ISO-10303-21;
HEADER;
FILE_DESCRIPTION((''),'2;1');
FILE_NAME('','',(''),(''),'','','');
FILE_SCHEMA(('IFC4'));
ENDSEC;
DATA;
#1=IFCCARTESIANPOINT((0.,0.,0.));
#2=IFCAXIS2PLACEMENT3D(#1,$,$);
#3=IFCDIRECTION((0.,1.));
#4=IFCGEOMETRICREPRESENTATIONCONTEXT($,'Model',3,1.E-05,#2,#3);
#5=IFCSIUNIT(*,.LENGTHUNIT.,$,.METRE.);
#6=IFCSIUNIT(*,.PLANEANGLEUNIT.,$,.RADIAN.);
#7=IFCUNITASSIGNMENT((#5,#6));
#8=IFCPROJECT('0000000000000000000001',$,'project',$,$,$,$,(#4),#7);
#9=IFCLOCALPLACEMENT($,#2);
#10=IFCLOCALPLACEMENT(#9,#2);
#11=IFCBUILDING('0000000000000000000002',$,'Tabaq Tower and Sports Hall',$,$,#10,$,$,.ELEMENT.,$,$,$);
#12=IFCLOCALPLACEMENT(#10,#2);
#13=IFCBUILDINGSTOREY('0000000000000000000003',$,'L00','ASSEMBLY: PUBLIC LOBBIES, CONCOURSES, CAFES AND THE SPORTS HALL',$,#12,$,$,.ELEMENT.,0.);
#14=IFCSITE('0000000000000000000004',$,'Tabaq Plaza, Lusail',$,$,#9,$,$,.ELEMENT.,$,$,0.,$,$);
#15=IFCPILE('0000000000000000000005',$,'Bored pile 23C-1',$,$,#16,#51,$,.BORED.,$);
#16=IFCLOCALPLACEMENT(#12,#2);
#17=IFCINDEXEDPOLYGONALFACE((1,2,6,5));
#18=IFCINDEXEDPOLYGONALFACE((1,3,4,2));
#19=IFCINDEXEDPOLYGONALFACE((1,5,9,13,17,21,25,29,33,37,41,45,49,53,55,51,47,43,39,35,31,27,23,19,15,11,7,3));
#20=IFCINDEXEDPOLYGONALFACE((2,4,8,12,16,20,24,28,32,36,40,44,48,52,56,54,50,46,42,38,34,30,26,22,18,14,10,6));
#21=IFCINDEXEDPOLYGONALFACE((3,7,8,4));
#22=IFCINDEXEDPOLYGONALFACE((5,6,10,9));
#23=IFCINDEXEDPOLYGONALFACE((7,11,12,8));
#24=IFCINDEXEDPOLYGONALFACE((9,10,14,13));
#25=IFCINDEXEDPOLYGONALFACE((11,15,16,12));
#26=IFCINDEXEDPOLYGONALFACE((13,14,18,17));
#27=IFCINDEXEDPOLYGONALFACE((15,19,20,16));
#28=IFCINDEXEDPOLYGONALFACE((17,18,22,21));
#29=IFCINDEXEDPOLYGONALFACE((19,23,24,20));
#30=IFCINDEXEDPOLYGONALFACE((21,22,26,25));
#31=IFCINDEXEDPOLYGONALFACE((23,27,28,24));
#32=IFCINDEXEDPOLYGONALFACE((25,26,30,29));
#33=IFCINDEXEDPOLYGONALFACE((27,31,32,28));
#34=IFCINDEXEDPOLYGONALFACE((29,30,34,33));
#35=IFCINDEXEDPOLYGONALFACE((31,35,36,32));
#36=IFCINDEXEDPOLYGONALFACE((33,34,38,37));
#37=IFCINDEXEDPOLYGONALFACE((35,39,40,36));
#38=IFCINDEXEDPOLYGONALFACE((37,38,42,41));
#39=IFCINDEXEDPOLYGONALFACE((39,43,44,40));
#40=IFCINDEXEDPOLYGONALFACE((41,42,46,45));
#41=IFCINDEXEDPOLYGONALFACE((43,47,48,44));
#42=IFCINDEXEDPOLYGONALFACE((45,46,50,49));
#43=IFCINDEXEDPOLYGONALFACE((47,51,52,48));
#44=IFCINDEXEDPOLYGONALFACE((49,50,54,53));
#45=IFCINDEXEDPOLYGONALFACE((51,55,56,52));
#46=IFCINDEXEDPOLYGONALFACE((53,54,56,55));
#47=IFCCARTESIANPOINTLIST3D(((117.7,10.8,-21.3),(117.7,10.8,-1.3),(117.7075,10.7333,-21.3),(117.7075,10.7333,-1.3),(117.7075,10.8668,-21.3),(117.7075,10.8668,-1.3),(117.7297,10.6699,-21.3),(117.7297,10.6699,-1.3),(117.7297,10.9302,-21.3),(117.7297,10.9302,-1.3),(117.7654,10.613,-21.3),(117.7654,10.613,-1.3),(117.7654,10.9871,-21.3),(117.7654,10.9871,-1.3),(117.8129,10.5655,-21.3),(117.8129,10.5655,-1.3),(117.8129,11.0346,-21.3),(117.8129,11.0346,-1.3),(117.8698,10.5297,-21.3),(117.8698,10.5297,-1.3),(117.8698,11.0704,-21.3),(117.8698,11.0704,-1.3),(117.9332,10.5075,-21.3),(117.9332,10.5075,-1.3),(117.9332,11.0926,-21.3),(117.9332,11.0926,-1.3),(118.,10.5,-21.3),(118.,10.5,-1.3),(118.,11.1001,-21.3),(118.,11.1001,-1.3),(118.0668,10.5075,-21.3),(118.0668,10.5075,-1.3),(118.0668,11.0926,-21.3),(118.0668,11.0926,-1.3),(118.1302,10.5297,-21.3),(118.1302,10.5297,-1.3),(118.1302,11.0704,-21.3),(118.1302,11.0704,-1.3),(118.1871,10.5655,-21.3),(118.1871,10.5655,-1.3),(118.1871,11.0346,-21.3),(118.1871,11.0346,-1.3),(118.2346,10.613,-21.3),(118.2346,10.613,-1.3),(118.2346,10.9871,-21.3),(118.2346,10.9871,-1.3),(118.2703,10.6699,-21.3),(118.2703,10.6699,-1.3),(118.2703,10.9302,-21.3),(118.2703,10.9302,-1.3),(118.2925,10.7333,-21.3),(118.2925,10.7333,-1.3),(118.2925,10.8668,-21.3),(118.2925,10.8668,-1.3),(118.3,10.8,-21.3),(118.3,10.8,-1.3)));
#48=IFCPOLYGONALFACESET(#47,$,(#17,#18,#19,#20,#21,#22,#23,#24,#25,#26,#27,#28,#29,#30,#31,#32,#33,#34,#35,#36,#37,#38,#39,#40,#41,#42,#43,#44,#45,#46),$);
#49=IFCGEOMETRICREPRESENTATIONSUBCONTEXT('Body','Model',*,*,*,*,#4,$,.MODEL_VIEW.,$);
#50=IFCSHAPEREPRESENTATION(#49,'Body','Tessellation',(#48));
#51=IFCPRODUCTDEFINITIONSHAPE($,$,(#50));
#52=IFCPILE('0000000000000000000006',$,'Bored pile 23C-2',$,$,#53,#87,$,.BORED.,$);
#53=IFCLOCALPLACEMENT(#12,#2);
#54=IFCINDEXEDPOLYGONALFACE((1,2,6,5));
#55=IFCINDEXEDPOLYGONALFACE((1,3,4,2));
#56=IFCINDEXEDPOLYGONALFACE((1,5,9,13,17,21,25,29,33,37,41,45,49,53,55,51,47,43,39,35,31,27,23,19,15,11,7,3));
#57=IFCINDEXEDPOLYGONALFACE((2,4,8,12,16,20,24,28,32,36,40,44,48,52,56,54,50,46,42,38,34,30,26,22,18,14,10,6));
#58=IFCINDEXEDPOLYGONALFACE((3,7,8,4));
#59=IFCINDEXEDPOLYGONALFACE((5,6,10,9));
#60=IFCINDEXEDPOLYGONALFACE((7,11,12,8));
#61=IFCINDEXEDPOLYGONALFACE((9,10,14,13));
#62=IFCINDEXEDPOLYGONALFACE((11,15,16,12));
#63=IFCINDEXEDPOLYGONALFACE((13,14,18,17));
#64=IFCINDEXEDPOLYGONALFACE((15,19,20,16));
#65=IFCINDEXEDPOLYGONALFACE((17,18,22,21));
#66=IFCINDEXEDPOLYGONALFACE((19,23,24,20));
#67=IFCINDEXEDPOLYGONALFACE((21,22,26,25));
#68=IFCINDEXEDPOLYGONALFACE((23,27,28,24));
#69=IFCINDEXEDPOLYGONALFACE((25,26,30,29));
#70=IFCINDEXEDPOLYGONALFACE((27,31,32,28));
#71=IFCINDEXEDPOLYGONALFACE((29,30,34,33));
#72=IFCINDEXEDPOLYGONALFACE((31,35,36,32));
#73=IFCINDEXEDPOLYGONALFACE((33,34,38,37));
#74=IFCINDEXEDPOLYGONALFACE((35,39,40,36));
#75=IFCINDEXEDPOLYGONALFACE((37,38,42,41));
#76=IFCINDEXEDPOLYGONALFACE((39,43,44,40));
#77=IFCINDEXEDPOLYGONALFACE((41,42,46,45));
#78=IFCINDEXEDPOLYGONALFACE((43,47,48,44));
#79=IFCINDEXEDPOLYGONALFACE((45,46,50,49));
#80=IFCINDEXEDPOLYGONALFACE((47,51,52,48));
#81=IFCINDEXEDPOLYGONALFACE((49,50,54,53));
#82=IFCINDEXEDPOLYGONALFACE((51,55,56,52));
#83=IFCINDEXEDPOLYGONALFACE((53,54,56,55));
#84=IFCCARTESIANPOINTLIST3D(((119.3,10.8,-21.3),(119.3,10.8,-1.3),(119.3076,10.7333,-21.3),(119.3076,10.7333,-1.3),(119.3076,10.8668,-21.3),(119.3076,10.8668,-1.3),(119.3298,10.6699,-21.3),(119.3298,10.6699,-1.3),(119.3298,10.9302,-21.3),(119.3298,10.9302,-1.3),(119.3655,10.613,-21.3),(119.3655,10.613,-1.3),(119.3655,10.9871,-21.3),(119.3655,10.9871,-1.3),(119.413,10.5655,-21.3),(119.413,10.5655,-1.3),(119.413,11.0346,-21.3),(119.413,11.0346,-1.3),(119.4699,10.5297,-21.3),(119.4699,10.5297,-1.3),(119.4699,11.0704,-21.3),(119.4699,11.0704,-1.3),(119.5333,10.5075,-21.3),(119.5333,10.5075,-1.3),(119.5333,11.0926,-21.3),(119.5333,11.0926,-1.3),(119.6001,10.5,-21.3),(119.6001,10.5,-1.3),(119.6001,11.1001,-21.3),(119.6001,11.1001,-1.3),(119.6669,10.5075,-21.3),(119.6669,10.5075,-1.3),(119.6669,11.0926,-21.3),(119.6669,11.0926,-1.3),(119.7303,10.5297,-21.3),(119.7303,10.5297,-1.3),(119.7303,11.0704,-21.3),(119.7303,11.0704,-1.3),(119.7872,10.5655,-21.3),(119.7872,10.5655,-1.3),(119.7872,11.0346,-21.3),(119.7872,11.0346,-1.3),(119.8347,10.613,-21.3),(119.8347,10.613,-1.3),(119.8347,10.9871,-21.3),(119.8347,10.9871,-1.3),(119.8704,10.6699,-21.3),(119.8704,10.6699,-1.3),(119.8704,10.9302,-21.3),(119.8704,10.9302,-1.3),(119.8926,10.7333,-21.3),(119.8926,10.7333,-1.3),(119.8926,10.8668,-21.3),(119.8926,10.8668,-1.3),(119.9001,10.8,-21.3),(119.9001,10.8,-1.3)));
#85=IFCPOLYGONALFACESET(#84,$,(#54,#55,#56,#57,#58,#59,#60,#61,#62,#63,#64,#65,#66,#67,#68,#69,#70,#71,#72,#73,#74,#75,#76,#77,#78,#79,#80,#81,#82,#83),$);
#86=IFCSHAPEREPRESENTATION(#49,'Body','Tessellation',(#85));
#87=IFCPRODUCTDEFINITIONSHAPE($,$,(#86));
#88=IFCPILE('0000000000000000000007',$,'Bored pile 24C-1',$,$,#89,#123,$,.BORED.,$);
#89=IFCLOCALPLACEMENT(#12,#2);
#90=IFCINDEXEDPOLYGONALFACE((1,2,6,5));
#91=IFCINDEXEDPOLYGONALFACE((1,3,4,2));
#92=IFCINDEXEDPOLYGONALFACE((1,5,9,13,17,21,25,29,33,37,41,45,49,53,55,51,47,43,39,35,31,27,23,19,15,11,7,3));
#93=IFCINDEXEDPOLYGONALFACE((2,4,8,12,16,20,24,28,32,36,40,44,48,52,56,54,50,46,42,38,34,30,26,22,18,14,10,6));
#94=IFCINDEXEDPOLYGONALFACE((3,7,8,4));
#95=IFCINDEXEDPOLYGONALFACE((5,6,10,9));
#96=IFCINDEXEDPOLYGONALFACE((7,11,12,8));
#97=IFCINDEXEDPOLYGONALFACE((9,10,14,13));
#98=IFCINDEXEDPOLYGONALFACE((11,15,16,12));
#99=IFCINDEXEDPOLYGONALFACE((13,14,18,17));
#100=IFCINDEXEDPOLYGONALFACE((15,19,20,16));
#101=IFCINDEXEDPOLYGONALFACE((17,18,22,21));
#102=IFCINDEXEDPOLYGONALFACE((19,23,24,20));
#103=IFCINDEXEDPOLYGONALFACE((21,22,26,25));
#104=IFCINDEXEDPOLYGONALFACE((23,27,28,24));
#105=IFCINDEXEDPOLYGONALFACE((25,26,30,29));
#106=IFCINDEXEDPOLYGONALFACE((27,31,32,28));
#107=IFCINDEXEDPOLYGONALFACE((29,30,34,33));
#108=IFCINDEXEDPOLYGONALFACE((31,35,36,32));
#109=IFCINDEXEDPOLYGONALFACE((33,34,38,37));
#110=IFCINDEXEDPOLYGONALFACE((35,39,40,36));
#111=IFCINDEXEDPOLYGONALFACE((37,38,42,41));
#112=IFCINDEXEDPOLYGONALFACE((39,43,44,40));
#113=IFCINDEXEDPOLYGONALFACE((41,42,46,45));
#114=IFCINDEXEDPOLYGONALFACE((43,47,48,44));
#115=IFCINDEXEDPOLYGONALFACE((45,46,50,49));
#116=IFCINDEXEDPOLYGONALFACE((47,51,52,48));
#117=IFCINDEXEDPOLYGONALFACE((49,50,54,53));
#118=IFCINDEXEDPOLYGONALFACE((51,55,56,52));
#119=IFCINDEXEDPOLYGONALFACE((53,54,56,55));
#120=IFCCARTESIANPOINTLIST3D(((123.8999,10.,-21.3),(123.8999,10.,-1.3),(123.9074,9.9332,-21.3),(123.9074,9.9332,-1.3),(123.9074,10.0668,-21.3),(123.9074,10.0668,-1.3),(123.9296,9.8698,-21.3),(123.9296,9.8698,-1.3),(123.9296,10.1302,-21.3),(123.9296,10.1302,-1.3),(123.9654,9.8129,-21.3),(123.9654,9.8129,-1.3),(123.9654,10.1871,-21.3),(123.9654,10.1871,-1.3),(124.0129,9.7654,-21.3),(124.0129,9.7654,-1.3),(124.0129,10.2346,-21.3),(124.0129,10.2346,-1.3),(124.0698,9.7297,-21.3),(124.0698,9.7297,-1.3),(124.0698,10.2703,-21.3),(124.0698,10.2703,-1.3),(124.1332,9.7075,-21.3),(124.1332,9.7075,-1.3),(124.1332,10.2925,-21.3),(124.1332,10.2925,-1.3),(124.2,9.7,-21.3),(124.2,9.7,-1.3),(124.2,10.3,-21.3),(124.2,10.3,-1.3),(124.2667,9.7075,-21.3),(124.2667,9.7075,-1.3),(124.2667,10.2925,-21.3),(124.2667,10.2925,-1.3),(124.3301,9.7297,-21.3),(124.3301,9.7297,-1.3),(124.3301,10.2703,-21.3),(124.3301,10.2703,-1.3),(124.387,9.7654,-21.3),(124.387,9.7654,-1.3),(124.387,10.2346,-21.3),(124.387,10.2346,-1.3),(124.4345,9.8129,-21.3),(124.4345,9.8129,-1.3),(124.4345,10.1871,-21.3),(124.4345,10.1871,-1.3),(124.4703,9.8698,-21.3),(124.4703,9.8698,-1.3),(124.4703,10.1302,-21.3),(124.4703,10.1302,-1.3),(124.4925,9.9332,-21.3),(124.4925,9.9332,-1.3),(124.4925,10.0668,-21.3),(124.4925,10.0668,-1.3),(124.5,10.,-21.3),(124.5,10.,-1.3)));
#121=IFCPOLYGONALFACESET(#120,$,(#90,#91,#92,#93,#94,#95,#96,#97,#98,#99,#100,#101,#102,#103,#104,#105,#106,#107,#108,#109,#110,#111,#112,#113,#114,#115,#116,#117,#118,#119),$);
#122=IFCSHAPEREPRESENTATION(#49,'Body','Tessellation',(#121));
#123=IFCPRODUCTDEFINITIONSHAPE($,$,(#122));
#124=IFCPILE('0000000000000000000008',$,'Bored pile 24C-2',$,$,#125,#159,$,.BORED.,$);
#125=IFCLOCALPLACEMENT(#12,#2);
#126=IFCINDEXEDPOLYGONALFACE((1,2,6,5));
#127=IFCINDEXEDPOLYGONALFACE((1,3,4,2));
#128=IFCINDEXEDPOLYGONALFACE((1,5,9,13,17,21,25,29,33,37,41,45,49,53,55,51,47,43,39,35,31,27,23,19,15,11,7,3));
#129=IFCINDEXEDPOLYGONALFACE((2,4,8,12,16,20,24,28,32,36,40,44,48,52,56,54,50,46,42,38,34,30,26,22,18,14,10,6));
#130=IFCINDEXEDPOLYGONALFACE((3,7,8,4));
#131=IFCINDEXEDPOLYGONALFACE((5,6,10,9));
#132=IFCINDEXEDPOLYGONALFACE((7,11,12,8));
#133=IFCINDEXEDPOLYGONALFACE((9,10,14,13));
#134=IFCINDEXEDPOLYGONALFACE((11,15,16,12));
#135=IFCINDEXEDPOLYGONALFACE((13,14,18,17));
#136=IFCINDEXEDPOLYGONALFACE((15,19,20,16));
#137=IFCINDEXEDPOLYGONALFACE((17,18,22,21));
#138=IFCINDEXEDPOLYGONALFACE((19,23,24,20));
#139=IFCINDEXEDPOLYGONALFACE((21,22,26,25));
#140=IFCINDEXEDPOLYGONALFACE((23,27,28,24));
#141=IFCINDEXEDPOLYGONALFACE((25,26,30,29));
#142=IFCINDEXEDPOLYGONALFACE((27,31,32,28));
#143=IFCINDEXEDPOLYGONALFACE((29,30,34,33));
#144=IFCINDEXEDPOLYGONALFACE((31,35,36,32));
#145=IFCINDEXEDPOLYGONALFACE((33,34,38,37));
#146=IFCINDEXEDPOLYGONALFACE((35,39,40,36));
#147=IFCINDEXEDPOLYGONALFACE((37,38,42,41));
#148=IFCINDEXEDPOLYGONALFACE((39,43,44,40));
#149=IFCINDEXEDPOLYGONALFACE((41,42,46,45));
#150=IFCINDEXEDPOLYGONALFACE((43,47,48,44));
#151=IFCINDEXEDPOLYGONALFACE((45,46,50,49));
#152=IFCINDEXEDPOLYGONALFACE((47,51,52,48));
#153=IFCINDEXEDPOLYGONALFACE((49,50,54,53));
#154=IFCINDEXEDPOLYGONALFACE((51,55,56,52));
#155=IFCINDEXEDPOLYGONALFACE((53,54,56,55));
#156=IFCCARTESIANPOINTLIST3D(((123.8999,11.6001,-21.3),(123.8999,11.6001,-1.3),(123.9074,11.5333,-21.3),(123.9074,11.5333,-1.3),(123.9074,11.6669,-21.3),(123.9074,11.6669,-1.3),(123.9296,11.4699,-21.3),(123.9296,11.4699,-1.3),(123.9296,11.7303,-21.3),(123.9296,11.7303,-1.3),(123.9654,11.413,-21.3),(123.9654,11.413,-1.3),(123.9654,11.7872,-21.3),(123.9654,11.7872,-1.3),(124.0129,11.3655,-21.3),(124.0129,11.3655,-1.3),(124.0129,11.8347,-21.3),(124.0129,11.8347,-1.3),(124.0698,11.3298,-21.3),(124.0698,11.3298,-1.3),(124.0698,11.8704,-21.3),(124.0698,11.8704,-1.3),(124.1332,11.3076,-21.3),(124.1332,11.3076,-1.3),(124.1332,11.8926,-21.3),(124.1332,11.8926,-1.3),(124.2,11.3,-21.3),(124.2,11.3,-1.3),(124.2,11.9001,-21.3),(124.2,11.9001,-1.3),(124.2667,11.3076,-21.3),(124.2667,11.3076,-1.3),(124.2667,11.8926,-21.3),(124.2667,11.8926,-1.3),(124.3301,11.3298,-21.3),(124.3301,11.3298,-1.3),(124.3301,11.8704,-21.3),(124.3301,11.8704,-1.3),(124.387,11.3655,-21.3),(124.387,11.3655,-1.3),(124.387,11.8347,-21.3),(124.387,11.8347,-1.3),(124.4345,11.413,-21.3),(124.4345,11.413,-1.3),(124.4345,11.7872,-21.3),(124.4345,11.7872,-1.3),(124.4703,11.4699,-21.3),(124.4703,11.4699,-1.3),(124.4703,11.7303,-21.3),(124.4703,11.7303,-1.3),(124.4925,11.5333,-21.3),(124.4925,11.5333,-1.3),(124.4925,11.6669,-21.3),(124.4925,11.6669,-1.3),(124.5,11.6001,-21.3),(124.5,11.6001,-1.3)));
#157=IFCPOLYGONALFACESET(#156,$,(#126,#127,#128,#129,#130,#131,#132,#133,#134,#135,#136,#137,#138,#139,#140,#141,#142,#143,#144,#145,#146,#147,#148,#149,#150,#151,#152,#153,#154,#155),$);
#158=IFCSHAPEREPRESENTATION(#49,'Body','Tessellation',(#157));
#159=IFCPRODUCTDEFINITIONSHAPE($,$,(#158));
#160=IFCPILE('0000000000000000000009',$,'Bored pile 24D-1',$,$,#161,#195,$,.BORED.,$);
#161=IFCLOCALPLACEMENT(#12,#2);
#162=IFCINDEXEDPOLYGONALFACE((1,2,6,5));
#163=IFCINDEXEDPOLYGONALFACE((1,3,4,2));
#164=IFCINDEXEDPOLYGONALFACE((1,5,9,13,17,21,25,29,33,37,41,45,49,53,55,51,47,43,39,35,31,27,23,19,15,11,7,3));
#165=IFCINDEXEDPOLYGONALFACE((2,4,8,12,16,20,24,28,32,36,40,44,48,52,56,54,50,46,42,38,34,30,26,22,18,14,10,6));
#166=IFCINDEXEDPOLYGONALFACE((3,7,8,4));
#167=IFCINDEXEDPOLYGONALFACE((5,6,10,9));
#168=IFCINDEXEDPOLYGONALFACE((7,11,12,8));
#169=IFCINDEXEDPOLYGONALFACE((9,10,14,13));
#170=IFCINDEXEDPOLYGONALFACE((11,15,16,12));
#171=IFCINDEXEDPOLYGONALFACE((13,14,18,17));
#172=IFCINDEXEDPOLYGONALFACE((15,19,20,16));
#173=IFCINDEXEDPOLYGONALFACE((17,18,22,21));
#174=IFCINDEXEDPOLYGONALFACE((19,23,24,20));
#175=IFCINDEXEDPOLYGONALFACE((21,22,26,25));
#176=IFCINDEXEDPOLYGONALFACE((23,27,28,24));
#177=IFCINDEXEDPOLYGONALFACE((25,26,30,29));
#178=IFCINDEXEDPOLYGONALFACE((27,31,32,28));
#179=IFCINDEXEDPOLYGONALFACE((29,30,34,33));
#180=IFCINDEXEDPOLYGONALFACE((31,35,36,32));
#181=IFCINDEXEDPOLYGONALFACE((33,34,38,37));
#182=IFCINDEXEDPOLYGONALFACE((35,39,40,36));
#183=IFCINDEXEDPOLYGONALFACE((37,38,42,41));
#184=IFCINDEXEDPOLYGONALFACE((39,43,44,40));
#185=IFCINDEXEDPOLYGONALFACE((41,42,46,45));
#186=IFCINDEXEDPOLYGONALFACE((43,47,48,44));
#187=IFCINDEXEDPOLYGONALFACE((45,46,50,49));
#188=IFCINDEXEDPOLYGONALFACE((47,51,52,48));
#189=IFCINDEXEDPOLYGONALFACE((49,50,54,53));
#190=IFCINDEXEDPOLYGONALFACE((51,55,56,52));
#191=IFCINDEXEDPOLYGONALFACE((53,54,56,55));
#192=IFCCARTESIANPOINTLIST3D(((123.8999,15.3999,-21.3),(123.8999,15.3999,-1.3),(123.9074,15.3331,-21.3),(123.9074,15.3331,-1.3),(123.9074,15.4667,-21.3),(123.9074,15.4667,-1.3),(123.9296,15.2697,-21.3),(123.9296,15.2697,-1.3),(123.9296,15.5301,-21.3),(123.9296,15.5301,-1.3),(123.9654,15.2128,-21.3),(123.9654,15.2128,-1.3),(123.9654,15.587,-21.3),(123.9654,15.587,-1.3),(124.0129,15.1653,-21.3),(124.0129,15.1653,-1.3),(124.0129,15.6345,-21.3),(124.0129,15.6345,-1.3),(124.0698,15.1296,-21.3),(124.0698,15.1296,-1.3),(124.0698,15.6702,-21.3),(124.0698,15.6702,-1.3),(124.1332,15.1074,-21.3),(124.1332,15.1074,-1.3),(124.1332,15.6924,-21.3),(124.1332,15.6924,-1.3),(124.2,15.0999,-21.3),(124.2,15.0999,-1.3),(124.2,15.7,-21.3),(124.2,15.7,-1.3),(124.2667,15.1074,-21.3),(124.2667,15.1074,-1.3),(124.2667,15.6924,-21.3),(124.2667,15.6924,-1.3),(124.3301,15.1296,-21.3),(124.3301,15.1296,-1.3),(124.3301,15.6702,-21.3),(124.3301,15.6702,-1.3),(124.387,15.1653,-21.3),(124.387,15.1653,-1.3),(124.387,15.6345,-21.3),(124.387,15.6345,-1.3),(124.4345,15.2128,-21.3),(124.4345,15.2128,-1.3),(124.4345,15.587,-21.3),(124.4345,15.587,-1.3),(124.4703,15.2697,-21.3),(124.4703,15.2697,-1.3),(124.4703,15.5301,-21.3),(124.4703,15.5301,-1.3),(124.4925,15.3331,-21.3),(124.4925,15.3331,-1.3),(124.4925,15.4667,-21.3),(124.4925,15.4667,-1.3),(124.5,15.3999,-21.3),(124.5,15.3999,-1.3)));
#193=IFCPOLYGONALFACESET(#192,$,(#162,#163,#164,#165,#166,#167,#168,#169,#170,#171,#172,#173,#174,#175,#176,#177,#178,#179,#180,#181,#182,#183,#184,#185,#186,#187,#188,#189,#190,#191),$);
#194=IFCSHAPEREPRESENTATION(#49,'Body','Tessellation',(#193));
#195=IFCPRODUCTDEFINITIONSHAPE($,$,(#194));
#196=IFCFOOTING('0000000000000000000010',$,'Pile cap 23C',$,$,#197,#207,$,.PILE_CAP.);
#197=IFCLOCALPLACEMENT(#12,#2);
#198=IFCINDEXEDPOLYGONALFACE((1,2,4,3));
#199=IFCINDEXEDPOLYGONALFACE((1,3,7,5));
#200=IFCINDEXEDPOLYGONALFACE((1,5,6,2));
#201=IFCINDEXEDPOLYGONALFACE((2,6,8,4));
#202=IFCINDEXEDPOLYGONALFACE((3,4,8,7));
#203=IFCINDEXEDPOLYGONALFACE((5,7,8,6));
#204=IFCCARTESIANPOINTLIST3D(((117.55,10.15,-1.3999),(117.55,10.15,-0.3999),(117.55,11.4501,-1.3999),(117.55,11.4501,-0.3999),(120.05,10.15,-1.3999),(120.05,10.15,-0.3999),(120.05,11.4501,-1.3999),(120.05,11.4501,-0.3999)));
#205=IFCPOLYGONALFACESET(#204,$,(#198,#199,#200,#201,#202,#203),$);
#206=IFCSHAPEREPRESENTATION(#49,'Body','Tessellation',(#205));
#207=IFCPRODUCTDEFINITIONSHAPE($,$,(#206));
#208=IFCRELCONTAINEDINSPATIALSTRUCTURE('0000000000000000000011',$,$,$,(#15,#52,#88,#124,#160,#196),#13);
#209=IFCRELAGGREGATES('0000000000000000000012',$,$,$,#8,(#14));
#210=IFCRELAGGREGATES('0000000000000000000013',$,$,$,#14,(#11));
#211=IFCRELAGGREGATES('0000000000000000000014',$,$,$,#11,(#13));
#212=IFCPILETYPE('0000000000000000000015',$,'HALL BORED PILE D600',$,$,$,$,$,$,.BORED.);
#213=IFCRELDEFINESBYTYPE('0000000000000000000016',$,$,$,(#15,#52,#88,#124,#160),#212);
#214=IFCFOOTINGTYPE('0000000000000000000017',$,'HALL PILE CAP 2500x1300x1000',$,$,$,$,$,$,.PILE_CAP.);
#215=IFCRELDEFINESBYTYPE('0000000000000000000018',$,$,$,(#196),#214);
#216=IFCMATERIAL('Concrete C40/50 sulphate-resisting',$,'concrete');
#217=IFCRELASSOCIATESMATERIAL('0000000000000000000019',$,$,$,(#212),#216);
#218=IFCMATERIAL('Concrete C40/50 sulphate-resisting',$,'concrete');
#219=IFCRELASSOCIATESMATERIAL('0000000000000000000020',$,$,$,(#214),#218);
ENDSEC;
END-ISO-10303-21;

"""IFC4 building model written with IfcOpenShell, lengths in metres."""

from ifc_helpers import new_model, si_unit, direction, frame, origin, origin_2d, place, context, subcontext, project, spatial, rectangle, circle, extrude, material, material_profile, profile_set, type_object, element, save


model = new_model("IFC4")

# Units and contexts
model_context = context("Model", 3, precision=1e-05, world=origin(), true_north=direction((0.0, 1.0)))
body_context = subcontext(model_context, "Body", "Model", "MODEL_VIEW")
ifc_project = project(units=[si_unit("LENGTHUNIT", "METRE"), si_unit("PLANEANGLEUNIT", "RADIAN")], contexts=[model_context])

# Site, building, storey
site_placement = place(None, origin())
site = spatial("IfcSite", under=ifc_project, at=site_placement, Name="Tabaq Plaza, Lusail", CompositionType="ELEMENT", RefElevation=0.0)
building_placement = place(site_placement, origin())
building = spatial("IfcBuilding", under=site, at=building_placement, Name="Tabaq Tower and Sports Hall", CompositionType="ELEMENT")
storey_placement = place(building_placement, origin())
storey = spatial("IfcBuildingStorey", under=building, at=storey_placement, Name="L00", Description="ASSEMBLY: PUBLIC LOBBIES, CONCOURSES, CAFES AND THE SPORTS HALL", CompositionType="ELEMENT", Elevation=0.0)

# Piles
ifc_material_1 = material(Name="Concrete C40/50 sulphate-resisting", Category="concrete")
ifc_material_profile_1 = material_profile(ifc_material_1, circle(Radius=0.3, at=origin_2d()), Name="D600")
ifc_profile_set_1 = profile_set([ifc_material_profile_1], Name="Concrete C40/50 sulphate-resisting")
pile_type = type_object("IfcPileType", Name="HALL BORED PILE D600", PredefinedType="BORED", material=ifc_profile_set_1)
for number, where, z_axis, x_axis, name in (
    (1, (118.0, 10.8, -1.3), (0.0, 0.0, -1.0), (1.0, 0.0, 0.0), "Bored pile 23C-1"),
    (2, (119.6001, 10.8, -1.3), (0.0, 0.0, -1.0), (1.0, 0.0, 0.0), "Bored pile 23C-2"),
    (3, (124.2, 10.0, -1.3), (0.0, 0.0, -1.0), (1.0, 0.0, 0.0), "Bored pile 24C-1"),
    (4, (124.2, 11.6001, -1.3), (0.0, 0.0, -1.0), (1.0, 0.0, 0.0), "Bored pile 24C-2"),
    (5, (124.2, 15.3999, -1.3), (0.0, 0.0, -1.0), (1.0, 0.0, 0.0), "Bored pile 24D-1"),
):
    element("IfcPile", number, at=place(storey_placement, frame(where, z_axis=z_axis, x_axis=x_axis)), inside=storey, type_object=pile_type, Name=name, PredefinedType="BORED", context=body_context, shape_type="SweptSolid", body=[
        extrude(circle(Radius=0.3, at=origin_2d()), origin(), (0.0, 0.0, 1.0), 20.0),
    ])

# Footing
ifc_material_2 = material(Name="Concrete C40/50 sulphate-resisting", Category="concrete")
footing_type = type_object("IfcFootingType", Name="HALL PILE CAP 2500x1300x1000", PredefinedType="PILE_CAP", material=ifc_material_2)
for number, where, z_axis, x_axis, name in (
    (6, (118.8, 10.8, -1.3999), (0.0, 0.0, 1.0), (1.0, 0.0, 0.0), "Pile cap 23C"),
):
    element("IfcFooting", number, at=place(storey_placement, frame(where, z_axis=z_axis, x_axis=x_axis)), inside=storey, type_object=footing_type, Name=name, PredefinedType="PILE_CAP", context=body_context, shape_type="SweptSolid", body=[
        extrude(rectangle(XDim=2.5, YDim=1.3, at=origin_2d()), origin(), (0.0, 0.0, 1.0), 1.0),
    ])

save(model, "model.ifc")
